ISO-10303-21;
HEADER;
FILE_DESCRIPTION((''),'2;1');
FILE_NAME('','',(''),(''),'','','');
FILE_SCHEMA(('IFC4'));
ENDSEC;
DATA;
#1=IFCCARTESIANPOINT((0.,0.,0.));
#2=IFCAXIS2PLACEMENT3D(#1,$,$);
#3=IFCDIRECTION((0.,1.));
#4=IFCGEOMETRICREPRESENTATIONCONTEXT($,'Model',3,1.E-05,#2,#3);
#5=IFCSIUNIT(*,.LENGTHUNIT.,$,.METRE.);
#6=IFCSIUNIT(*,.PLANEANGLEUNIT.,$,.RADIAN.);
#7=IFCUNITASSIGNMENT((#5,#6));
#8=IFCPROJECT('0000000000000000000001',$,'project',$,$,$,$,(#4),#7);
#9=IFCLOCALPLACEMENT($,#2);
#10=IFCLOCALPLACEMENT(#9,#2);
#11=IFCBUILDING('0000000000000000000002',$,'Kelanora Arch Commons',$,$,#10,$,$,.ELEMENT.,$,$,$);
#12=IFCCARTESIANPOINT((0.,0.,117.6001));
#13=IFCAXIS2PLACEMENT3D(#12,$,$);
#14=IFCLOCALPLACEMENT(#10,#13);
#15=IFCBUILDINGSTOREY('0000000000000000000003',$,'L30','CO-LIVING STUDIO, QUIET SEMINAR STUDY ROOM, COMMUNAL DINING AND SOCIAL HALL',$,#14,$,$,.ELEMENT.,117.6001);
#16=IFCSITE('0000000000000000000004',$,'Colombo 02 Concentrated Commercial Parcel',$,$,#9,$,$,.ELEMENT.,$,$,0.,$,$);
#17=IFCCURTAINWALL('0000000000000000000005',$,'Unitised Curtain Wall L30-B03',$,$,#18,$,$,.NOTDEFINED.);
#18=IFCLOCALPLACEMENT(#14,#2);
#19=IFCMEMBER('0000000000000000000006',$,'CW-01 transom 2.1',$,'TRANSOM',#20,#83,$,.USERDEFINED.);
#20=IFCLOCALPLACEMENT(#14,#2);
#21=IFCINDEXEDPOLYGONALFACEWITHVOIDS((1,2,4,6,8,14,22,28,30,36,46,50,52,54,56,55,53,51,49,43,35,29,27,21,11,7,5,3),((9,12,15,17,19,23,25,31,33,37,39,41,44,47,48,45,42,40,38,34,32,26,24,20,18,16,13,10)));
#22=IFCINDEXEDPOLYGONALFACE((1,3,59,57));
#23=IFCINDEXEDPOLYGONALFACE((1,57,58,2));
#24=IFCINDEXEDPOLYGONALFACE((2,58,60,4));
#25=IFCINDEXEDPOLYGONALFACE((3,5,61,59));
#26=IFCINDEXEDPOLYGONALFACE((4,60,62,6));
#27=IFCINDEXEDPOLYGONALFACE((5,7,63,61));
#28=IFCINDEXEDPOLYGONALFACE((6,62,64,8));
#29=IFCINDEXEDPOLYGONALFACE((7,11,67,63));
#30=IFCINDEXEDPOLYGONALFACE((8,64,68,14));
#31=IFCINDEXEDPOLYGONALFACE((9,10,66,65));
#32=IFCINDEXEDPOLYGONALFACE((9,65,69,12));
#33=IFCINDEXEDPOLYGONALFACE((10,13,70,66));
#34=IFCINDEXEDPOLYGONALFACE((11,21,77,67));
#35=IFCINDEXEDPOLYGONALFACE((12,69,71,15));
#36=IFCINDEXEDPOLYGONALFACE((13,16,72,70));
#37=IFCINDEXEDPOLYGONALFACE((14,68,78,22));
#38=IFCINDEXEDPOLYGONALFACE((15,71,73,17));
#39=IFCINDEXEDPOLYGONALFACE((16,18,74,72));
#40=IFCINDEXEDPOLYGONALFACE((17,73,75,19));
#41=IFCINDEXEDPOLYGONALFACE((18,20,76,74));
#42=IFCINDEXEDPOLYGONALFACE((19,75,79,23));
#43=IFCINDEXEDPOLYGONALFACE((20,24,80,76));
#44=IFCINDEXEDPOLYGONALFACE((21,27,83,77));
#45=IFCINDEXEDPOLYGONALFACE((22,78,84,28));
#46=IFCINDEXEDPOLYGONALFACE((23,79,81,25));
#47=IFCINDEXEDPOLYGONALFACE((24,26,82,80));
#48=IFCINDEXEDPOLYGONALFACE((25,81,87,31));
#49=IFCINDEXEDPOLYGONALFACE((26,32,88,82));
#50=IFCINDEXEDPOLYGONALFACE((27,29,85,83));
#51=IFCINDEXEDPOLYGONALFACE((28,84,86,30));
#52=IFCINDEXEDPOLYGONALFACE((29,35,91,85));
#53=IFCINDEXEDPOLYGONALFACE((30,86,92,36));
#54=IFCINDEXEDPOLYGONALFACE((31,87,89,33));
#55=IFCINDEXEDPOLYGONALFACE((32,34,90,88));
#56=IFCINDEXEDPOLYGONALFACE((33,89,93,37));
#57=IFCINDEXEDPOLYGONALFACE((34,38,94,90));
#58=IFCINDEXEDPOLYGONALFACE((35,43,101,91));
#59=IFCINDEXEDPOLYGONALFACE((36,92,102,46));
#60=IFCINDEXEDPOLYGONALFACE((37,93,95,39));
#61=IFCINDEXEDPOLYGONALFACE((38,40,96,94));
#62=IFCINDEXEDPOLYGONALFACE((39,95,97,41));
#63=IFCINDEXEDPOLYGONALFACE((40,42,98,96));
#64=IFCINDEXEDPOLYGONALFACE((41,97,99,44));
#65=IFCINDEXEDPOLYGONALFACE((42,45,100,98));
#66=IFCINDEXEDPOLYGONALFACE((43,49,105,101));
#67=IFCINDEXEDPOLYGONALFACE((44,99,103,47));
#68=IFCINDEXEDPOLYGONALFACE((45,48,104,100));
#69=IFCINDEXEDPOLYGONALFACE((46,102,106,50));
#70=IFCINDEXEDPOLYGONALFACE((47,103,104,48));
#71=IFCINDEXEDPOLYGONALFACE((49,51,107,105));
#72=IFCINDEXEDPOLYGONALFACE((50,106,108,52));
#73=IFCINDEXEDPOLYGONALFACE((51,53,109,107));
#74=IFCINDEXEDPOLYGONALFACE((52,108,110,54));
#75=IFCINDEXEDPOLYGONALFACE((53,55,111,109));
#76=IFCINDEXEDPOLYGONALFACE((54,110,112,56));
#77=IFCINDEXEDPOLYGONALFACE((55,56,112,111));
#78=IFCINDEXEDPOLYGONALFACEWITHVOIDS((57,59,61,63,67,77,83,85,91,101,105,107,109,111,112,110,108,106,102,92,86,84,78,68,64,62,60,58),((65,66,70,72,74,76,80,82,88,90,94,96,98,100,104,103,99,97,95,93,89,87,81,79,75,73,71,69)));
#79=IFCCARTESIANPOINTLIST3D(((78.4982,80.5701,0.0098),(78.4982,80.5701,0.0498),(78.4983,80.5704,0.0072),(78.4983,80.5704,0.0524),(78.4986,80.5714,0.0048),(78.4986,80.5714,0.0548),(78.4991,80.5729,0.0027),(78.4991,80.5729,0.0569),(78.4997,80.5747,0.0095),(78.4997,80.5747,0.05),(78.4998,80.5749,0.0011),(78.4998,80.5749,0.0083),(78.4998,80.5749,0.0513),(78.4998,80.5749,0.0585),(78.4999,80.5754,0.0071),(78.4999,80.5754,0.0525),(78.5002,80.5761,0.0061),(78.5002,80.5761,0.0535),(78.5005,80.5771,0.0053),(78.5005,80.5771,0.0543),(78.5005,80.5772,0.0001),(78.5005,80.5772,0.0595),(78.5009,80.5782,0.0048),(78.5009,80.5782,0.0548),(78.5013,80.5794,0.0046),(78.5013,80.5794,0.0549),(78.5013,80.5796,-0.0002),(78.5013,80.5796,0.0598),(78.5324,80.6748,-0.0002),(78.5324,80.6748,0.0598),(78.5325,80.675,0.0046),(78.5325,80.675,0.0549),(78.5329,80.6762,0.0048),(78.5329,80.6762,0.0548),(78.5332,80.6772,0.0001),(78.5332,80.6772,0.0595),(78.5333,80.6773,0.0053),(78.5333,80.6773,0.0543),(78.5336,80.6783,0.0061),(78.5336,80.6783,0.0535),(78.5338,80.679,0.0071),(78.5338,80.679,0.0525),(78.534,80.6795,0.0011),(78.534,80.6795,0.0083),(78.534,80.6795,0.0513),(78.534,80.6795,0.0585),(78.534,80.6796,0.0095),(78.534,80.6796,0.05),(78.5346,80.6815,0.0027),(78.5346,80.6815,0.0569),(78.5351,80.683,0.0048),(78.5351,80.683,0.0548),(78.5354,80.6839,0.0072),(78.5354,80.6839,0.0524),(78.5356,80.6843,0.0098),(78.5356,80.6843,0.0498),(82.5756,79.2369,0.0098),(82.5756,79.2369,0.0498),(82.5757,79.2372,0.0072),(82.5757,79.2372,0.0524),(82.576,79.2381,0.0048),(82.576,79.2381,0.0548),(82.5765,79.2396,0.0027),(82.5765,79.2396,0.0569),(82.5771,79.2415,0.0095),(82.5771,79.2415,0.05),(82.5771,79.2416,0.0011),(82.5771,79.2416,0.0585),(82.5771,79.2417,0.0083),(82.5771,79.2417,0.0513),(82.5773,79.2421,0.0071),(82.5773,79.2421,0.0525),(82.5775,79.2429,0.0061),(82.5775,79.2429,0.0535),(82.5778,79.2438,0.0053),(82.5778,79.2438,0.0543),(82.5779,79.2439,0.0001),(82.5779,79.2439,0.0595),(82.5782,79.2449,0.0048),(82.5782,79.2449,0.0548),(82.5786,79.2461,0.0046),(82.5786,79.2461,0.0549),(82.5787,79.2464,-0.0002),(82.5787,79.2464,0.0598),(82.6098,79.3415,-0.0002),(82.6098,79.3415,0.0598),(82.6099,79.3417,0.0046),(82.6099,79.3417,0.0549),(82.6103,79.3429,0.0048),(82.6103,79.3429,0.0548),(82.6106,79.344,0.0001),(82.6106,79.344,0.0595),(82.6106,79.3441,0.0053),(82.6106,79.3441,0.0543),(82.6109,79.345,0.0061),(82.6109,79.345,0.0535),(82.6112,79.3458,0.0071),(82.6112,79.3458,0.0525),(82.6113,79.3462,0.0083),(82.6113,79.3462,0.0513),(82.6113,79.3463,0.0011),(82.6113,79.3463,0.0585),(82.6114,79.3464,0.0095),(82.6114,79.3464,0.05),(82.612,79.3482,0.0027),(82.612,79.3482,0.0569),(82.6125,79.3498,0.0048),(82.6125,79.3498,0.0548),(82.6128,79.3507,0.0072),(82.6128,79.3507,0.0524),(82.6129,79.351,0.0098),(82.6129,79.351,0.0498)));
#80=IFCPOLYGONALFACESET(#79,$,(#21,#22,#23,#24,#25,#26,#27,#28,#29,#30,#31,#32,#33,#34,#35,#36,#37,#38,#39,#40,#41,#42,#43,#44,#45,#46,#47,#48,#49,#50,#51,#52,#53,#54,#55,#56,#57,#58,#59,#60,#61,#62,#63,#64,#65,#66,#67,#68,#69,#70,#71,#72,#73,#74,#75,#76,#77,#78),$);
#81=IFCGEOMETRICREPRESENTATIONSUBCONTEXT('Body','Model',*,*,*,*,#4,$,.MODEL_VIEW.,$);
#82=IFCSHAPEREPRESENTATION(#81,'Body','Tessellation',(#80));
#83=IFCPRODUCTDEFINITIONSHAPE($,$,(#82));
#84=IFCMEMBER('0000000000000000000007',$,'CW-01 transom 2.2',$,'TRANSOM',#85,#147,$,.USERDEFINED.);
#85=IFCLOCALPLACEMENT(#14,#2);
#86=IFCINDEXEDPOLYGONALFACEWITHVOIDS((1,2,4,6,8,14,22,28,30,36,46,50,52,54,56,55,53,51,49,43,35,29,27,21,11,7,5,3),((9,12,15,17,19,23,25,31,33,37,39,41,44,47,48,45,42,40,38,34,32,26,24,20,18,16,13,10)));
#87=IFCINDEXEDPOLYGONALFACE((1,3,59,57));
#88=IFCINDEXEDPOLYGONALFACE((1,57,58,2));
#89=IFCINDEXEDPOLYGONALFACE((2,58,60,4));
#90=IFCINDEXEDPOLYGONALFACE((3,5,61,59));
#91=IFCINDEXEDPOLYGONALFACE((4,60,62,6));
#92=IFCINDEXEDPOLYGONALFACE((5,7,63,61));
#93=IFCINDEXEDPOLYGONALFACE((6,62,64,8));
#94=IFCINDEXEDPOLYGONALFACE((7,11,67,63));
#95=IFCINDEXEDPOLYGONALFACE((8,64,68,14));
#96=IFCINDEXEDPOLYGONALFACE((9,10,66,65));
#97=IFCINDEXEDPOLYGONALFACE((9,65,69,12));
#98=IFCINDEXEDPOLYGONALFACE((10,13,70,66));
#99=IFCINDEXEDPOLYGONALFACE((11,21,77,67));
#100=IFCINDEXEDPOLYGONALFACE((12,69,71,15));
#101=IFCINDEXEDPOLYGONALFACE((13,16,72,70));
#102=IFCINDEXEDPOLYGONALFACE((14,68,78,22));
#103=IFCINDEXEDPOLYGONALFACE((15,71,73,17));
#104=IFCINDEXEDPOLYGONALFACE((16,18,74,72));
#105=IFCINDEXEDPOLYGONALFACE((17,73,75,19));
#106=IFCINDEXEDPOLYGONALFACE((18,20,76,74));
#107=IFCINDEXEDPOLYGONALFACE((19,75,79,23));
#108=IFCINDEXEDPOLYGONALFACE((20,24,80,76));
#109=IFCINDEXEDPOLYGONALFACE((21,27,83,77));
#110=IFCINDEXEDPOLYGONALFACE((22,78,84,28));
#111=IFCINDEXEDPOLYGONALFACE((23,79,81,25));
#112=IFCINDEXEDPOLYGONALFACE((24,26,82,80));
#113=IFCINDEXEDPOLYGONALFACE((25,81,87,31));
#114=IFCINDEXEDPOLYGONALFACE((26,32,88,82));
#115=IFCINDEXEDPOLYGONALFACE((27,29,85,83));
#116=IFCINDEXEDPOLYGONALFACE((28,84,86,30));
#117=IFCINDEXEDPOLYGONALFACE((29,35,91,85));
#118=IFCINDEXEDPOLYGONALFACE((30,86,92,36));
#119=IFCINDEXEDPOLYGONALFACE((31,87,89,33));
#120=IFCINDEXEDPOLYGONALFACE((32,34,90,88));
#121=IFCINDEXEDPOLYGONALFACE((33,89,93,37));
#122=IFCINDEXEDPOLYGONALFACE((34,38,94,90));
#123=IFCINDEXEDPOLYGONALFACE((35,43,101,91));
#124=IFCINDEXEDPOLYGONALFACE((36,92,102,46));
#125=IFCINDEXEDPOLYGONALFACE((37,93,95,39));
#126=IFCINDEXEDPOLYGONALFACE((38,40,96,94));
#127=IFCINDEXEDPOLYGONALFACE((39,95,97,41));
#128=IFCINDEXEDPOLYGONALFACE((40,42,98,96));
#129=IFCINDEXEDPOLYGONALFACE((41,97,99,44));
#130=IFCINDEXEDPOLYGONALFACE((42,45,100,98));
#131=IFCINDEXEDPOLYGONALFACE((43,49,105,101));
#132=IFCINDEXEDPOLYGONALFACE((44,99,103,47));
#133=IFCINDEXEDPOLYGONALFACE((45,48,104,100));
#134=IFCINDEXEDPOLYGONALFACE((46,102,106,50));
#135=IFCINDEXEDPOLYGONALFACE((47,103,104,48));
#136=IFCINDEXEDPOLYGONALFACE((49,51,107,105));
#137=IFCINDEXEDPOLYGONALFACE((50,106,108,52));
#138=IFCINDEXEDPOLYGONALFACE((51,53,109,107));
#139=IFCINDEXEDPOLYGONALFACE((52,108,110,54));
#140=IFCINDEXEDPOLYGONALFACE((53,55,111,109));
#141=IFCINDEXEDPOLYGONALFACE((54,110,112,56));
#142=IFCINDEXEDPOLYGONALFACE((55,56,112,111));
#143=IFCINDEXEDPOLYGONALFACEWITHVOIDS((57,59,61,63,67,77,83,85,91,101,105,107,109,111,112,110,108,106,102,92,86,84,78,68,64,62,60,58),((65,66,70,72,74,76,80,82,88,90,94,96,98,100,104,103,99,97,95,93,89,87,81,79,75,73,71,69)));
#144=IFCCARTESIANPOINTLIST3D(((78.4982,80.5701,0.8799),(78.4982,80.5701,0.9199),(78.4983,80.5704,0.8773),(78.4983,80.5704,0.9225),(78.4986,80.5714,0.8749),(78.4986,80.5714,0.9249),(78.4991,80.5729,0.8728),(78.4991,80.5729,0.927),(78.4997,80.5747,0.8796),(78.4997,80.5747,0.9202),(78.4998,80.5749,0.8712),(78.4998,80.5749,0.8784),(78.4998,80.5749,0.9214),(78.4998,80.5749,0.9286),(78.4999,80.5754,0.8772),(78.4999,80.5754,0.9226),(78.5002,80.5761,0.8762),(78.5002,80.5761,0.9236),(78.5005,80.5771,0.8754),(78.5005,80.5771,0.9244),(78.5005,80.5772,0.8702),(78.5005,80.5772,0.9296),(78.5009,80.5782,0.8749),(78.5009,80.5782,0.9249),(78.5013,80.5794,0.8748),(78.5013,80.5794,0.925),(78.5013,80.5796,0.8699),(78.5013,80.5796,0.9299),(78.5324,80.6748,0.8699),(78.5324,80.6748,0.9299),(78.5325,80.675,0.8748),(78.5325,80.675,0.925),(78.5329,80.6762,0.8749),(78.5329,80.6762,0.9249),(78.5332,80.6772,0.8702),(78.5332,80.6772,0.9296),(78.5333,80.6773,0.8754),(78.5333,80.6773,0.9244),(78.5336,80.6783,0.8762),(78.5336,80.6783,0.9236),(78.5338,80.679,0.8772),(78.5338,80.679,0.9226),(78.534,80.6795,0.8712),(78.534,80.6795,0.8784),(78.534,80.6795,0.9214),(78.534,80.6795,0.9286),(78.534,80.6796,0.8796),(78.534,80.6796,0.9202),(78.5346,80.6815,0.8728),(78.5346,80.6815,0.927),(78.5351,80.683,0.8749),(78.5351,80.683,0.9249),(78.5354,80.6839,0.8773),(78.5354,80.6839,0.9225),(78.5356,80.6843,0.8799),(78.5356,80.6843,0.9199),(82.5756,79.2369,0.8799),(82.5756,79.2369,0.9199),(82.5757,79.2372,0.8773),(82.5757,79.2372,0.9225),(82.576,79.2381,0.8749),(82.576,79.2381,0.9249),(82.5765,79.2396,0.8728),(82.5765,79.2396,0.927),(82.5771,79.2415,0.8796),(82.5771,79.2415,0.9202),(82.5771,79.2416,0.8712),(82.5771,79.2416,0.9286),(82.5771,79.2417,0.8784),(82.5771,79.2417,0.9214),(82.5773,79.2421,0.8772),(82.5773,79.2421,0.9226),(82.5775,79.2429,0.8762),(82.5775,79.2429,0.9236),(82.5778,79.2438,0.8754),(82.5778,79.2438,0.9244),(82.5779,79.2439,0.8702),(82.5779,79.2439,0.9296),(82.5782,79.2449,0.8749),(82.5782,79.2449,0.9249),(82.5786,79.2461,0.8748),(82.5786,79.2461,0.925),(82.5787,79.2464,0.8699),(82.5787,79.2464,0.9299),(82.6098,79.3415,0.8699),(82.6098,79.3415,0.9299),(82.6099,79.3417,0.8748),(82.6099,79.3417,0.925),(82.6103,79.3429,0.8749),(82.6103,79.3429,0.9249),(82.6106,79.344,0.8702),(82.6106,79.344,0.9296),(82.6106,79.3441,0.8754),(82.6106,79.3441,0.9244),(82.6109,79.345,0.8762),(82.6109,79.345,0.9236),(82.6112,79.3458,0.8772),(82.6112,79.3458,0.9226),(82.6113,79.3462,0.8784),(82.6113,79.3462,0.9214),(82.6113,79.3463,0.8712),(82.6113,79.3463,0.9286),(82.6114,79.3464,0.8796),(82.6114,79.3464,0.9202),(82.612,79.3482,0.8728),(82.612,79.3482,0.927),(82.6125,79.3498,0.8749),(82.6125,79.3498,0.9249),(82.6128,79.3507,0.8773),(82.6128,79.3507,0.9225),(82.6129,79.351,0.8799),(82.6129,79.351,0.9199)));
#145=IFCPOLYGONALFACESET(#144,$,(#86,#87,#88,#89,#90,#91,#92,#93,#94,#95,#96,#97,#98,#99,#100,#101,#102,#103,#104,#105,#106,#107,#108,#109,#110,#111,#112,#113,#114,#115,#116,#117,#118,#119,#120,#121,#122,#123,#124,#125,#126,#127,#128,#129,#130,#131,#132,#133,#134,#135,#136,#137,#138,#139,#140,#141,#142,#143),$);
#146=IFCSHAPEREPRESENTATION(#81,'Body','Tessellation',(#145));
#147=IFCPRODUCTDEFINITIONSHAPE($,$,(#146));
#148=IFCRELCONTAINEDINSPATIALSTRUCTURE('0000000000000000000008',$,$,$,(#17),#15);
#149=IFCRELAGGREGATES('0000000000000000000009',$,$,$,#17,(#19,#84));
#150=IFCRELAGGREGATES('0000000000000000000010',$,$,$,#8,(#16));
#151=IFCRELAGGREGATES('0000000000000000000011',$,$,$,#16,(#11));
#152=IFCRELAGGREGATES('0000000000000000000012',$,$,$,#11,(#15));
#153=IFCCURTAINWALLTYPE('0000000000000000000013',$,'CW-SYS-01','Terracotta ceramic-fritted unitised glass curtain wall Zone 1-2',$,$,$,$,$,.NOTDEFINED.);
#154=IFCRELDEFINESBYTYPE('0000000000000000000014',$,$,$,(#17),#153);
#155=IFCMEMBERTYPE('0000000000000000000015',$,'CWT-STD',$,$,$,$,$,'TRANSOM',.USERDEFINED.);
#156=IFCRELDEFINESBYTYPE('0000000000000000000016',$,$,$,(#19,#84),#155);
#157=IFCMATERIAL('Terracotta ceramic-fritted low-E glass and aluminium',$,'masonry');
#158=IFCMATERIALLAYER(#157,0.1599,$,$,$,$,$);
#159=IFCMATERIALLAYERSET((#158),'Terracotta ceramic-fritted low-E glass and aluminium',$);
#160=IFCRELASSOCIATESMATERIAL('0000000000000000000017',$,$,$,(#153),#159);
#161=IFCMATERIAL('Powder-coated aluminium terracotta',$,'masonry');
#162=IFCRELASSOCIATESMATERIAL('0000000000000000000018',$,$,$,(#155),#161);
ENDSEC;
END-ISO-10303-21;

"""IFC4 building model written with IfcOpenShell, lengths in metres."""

from ifc_helpers import new_model, si_unit, direction, frame, origin, origin_2d, place, context, subcontext, project, spatial, hollow_rectangle, extrude, material, layer, layer_set, material_profile, profile_set, type_object, element, aggregate, save


model = new_model("IFC4")

# Units and contexts
model_context = context("Model", 3, precision=1e-05, world=origin(), true_north=direction((0.0, 1.0)))
body_context = subcontext(model_context, "Body", "Model", "MODEL_VIEW")
ifc_project = project(units=[si_unit("LENGTHUNIT", "METRE"), si_unit("PLANEANGLEUNIT", "RADIAN")], contexts=[model_context])

# Site, building, storey
site_placement = place(None, origin())
site = spatial("IfcSite", under=ifc_project, at=site_placement, Name="Colombo 02 Concentrated Commercial Parcel", CompositionType="ELEMENT", RefElevation=0.0)
building_placement = place(site_placement, origin())
building = spatial("IfcBuilding", under=site, at=building_placement, Name="Kelanora Arch Commons", CompositionType="ELEMENT")
storey_placement = place(building_placement, frame((0.0, 0.0, 117.6001)))
storey = spatial("IfcBuildingStorey", under=building, at=storey_placement, Name="L30", Description="CO-LIVING STUDIO, QUIET SEMINAR STUDY ROOM, COMMUNAL DINING AND SOCIAL HALL", CompositionType="ELEMENT", Elevation=117.6001)

# Curtain wall, members
ifc_material_1 = material(Name="Terracotta ceramic-fritted low-E glass and aluminium", Category="masonry")
ifc_layer_1 = layer(ifc_material_1, 0.1599)
ifc_layer_set_1 = layer_set([ifc_layer_1], Name="Terracotta ceramic-fritted low-E glass and aluminium")
curtain_wall_type = type_object("IfcCurtainWallType", Name="CW-SYS-01", Description="Terracotta ceramic-fritted unitised glass curtain wall Zone 1-2", PredefinedType="NOTDEFINED", material=ifc_layer_set_1)
curtain_wall_placement = place(storey_placement, origin())
curtain_wall = element("IfcCurtainWall", 1, at=curtain_wall_placement, inside=storey, type_object=curtain_wall_type, Name="Unitised Curtain Wall L30-B03", PredefinedType="NOTDEFINED")
ifc_material_2 = material(Name="Powder-coated aluminium terracotta", Category="masonry")
ifc_material_profile_1 = material_profile(ifc_material_2, hollow_rectangle(XDim=0.1201, YDim=0.0601, WallThickness=0.0049, InnerFilletRadius=0.0049, OuterFilletRadius=0.01, at=origin_2d()), Name="CWT120x60")
ifc_profile_set_1 = profile_set([ifc_material_profile_1], Name="Powder-coated aluminium terracotta")
member_type_1 = type_object("IfcMemberType", Name="CWT-STD", ElementType="TRANSOM", PredefinedType="USERDEFINED", material=ifc_profile_set_1)
member_1_placement = place(storey_placement, frame((82.5942, 79.2939, 0.0298), z_axis=(-0.950478, 0.310793, 0.0), x_axis=(-0.310793, -0.950478, 0.0)))
member_1 = element("IfcMember", 2, at=member_1_placement, type_object=member_type_1, Name="CW-01 transom 2.1", ObjectType="TRANSOM", PredefinedType="USERDEFINED", context=body_context, shape_type="SweptSolid", body=[
    extrude(hollow_rectangle(XDim=0.1201, YDim=0.0601, WallThickness=0.0049, InnerFilletRadius=0.0049, OuterFilletRadius=0.01, at=origin_2d()), origin(), (0.0, 0.0, 1.0), 4.2898),
])
member_2_placement = place(storey_placement, frame((82.5942, 79.2939, 0.8999), z_axis=(-0.950478, 0.310793, 0.0), x_axis=(-0.310793, -0.950478, 0.0)))
member_2 = element("IfcMember", 3, at=member_2_placement, type_object=member_type_1, Name="CW-01 transom 2.2", ObjectType="TRANSOM", PredefinedType="USERDEFINED", context=body_context, shape_type="SweptSolid", body=[
    extrude(hollow_rectangle(XDim=0.1201, YDim=0.0601, WallThickness=0.0049, InnerFilletRadius=0.0049, OuterFilletRadius=0.01, at=origin_2d()), origin(), (0.0, 0.0, 1.0), 4.2898),
])
aggregate(curtain_wall, [member_1, member_2])

save(model, "model.ifc")
